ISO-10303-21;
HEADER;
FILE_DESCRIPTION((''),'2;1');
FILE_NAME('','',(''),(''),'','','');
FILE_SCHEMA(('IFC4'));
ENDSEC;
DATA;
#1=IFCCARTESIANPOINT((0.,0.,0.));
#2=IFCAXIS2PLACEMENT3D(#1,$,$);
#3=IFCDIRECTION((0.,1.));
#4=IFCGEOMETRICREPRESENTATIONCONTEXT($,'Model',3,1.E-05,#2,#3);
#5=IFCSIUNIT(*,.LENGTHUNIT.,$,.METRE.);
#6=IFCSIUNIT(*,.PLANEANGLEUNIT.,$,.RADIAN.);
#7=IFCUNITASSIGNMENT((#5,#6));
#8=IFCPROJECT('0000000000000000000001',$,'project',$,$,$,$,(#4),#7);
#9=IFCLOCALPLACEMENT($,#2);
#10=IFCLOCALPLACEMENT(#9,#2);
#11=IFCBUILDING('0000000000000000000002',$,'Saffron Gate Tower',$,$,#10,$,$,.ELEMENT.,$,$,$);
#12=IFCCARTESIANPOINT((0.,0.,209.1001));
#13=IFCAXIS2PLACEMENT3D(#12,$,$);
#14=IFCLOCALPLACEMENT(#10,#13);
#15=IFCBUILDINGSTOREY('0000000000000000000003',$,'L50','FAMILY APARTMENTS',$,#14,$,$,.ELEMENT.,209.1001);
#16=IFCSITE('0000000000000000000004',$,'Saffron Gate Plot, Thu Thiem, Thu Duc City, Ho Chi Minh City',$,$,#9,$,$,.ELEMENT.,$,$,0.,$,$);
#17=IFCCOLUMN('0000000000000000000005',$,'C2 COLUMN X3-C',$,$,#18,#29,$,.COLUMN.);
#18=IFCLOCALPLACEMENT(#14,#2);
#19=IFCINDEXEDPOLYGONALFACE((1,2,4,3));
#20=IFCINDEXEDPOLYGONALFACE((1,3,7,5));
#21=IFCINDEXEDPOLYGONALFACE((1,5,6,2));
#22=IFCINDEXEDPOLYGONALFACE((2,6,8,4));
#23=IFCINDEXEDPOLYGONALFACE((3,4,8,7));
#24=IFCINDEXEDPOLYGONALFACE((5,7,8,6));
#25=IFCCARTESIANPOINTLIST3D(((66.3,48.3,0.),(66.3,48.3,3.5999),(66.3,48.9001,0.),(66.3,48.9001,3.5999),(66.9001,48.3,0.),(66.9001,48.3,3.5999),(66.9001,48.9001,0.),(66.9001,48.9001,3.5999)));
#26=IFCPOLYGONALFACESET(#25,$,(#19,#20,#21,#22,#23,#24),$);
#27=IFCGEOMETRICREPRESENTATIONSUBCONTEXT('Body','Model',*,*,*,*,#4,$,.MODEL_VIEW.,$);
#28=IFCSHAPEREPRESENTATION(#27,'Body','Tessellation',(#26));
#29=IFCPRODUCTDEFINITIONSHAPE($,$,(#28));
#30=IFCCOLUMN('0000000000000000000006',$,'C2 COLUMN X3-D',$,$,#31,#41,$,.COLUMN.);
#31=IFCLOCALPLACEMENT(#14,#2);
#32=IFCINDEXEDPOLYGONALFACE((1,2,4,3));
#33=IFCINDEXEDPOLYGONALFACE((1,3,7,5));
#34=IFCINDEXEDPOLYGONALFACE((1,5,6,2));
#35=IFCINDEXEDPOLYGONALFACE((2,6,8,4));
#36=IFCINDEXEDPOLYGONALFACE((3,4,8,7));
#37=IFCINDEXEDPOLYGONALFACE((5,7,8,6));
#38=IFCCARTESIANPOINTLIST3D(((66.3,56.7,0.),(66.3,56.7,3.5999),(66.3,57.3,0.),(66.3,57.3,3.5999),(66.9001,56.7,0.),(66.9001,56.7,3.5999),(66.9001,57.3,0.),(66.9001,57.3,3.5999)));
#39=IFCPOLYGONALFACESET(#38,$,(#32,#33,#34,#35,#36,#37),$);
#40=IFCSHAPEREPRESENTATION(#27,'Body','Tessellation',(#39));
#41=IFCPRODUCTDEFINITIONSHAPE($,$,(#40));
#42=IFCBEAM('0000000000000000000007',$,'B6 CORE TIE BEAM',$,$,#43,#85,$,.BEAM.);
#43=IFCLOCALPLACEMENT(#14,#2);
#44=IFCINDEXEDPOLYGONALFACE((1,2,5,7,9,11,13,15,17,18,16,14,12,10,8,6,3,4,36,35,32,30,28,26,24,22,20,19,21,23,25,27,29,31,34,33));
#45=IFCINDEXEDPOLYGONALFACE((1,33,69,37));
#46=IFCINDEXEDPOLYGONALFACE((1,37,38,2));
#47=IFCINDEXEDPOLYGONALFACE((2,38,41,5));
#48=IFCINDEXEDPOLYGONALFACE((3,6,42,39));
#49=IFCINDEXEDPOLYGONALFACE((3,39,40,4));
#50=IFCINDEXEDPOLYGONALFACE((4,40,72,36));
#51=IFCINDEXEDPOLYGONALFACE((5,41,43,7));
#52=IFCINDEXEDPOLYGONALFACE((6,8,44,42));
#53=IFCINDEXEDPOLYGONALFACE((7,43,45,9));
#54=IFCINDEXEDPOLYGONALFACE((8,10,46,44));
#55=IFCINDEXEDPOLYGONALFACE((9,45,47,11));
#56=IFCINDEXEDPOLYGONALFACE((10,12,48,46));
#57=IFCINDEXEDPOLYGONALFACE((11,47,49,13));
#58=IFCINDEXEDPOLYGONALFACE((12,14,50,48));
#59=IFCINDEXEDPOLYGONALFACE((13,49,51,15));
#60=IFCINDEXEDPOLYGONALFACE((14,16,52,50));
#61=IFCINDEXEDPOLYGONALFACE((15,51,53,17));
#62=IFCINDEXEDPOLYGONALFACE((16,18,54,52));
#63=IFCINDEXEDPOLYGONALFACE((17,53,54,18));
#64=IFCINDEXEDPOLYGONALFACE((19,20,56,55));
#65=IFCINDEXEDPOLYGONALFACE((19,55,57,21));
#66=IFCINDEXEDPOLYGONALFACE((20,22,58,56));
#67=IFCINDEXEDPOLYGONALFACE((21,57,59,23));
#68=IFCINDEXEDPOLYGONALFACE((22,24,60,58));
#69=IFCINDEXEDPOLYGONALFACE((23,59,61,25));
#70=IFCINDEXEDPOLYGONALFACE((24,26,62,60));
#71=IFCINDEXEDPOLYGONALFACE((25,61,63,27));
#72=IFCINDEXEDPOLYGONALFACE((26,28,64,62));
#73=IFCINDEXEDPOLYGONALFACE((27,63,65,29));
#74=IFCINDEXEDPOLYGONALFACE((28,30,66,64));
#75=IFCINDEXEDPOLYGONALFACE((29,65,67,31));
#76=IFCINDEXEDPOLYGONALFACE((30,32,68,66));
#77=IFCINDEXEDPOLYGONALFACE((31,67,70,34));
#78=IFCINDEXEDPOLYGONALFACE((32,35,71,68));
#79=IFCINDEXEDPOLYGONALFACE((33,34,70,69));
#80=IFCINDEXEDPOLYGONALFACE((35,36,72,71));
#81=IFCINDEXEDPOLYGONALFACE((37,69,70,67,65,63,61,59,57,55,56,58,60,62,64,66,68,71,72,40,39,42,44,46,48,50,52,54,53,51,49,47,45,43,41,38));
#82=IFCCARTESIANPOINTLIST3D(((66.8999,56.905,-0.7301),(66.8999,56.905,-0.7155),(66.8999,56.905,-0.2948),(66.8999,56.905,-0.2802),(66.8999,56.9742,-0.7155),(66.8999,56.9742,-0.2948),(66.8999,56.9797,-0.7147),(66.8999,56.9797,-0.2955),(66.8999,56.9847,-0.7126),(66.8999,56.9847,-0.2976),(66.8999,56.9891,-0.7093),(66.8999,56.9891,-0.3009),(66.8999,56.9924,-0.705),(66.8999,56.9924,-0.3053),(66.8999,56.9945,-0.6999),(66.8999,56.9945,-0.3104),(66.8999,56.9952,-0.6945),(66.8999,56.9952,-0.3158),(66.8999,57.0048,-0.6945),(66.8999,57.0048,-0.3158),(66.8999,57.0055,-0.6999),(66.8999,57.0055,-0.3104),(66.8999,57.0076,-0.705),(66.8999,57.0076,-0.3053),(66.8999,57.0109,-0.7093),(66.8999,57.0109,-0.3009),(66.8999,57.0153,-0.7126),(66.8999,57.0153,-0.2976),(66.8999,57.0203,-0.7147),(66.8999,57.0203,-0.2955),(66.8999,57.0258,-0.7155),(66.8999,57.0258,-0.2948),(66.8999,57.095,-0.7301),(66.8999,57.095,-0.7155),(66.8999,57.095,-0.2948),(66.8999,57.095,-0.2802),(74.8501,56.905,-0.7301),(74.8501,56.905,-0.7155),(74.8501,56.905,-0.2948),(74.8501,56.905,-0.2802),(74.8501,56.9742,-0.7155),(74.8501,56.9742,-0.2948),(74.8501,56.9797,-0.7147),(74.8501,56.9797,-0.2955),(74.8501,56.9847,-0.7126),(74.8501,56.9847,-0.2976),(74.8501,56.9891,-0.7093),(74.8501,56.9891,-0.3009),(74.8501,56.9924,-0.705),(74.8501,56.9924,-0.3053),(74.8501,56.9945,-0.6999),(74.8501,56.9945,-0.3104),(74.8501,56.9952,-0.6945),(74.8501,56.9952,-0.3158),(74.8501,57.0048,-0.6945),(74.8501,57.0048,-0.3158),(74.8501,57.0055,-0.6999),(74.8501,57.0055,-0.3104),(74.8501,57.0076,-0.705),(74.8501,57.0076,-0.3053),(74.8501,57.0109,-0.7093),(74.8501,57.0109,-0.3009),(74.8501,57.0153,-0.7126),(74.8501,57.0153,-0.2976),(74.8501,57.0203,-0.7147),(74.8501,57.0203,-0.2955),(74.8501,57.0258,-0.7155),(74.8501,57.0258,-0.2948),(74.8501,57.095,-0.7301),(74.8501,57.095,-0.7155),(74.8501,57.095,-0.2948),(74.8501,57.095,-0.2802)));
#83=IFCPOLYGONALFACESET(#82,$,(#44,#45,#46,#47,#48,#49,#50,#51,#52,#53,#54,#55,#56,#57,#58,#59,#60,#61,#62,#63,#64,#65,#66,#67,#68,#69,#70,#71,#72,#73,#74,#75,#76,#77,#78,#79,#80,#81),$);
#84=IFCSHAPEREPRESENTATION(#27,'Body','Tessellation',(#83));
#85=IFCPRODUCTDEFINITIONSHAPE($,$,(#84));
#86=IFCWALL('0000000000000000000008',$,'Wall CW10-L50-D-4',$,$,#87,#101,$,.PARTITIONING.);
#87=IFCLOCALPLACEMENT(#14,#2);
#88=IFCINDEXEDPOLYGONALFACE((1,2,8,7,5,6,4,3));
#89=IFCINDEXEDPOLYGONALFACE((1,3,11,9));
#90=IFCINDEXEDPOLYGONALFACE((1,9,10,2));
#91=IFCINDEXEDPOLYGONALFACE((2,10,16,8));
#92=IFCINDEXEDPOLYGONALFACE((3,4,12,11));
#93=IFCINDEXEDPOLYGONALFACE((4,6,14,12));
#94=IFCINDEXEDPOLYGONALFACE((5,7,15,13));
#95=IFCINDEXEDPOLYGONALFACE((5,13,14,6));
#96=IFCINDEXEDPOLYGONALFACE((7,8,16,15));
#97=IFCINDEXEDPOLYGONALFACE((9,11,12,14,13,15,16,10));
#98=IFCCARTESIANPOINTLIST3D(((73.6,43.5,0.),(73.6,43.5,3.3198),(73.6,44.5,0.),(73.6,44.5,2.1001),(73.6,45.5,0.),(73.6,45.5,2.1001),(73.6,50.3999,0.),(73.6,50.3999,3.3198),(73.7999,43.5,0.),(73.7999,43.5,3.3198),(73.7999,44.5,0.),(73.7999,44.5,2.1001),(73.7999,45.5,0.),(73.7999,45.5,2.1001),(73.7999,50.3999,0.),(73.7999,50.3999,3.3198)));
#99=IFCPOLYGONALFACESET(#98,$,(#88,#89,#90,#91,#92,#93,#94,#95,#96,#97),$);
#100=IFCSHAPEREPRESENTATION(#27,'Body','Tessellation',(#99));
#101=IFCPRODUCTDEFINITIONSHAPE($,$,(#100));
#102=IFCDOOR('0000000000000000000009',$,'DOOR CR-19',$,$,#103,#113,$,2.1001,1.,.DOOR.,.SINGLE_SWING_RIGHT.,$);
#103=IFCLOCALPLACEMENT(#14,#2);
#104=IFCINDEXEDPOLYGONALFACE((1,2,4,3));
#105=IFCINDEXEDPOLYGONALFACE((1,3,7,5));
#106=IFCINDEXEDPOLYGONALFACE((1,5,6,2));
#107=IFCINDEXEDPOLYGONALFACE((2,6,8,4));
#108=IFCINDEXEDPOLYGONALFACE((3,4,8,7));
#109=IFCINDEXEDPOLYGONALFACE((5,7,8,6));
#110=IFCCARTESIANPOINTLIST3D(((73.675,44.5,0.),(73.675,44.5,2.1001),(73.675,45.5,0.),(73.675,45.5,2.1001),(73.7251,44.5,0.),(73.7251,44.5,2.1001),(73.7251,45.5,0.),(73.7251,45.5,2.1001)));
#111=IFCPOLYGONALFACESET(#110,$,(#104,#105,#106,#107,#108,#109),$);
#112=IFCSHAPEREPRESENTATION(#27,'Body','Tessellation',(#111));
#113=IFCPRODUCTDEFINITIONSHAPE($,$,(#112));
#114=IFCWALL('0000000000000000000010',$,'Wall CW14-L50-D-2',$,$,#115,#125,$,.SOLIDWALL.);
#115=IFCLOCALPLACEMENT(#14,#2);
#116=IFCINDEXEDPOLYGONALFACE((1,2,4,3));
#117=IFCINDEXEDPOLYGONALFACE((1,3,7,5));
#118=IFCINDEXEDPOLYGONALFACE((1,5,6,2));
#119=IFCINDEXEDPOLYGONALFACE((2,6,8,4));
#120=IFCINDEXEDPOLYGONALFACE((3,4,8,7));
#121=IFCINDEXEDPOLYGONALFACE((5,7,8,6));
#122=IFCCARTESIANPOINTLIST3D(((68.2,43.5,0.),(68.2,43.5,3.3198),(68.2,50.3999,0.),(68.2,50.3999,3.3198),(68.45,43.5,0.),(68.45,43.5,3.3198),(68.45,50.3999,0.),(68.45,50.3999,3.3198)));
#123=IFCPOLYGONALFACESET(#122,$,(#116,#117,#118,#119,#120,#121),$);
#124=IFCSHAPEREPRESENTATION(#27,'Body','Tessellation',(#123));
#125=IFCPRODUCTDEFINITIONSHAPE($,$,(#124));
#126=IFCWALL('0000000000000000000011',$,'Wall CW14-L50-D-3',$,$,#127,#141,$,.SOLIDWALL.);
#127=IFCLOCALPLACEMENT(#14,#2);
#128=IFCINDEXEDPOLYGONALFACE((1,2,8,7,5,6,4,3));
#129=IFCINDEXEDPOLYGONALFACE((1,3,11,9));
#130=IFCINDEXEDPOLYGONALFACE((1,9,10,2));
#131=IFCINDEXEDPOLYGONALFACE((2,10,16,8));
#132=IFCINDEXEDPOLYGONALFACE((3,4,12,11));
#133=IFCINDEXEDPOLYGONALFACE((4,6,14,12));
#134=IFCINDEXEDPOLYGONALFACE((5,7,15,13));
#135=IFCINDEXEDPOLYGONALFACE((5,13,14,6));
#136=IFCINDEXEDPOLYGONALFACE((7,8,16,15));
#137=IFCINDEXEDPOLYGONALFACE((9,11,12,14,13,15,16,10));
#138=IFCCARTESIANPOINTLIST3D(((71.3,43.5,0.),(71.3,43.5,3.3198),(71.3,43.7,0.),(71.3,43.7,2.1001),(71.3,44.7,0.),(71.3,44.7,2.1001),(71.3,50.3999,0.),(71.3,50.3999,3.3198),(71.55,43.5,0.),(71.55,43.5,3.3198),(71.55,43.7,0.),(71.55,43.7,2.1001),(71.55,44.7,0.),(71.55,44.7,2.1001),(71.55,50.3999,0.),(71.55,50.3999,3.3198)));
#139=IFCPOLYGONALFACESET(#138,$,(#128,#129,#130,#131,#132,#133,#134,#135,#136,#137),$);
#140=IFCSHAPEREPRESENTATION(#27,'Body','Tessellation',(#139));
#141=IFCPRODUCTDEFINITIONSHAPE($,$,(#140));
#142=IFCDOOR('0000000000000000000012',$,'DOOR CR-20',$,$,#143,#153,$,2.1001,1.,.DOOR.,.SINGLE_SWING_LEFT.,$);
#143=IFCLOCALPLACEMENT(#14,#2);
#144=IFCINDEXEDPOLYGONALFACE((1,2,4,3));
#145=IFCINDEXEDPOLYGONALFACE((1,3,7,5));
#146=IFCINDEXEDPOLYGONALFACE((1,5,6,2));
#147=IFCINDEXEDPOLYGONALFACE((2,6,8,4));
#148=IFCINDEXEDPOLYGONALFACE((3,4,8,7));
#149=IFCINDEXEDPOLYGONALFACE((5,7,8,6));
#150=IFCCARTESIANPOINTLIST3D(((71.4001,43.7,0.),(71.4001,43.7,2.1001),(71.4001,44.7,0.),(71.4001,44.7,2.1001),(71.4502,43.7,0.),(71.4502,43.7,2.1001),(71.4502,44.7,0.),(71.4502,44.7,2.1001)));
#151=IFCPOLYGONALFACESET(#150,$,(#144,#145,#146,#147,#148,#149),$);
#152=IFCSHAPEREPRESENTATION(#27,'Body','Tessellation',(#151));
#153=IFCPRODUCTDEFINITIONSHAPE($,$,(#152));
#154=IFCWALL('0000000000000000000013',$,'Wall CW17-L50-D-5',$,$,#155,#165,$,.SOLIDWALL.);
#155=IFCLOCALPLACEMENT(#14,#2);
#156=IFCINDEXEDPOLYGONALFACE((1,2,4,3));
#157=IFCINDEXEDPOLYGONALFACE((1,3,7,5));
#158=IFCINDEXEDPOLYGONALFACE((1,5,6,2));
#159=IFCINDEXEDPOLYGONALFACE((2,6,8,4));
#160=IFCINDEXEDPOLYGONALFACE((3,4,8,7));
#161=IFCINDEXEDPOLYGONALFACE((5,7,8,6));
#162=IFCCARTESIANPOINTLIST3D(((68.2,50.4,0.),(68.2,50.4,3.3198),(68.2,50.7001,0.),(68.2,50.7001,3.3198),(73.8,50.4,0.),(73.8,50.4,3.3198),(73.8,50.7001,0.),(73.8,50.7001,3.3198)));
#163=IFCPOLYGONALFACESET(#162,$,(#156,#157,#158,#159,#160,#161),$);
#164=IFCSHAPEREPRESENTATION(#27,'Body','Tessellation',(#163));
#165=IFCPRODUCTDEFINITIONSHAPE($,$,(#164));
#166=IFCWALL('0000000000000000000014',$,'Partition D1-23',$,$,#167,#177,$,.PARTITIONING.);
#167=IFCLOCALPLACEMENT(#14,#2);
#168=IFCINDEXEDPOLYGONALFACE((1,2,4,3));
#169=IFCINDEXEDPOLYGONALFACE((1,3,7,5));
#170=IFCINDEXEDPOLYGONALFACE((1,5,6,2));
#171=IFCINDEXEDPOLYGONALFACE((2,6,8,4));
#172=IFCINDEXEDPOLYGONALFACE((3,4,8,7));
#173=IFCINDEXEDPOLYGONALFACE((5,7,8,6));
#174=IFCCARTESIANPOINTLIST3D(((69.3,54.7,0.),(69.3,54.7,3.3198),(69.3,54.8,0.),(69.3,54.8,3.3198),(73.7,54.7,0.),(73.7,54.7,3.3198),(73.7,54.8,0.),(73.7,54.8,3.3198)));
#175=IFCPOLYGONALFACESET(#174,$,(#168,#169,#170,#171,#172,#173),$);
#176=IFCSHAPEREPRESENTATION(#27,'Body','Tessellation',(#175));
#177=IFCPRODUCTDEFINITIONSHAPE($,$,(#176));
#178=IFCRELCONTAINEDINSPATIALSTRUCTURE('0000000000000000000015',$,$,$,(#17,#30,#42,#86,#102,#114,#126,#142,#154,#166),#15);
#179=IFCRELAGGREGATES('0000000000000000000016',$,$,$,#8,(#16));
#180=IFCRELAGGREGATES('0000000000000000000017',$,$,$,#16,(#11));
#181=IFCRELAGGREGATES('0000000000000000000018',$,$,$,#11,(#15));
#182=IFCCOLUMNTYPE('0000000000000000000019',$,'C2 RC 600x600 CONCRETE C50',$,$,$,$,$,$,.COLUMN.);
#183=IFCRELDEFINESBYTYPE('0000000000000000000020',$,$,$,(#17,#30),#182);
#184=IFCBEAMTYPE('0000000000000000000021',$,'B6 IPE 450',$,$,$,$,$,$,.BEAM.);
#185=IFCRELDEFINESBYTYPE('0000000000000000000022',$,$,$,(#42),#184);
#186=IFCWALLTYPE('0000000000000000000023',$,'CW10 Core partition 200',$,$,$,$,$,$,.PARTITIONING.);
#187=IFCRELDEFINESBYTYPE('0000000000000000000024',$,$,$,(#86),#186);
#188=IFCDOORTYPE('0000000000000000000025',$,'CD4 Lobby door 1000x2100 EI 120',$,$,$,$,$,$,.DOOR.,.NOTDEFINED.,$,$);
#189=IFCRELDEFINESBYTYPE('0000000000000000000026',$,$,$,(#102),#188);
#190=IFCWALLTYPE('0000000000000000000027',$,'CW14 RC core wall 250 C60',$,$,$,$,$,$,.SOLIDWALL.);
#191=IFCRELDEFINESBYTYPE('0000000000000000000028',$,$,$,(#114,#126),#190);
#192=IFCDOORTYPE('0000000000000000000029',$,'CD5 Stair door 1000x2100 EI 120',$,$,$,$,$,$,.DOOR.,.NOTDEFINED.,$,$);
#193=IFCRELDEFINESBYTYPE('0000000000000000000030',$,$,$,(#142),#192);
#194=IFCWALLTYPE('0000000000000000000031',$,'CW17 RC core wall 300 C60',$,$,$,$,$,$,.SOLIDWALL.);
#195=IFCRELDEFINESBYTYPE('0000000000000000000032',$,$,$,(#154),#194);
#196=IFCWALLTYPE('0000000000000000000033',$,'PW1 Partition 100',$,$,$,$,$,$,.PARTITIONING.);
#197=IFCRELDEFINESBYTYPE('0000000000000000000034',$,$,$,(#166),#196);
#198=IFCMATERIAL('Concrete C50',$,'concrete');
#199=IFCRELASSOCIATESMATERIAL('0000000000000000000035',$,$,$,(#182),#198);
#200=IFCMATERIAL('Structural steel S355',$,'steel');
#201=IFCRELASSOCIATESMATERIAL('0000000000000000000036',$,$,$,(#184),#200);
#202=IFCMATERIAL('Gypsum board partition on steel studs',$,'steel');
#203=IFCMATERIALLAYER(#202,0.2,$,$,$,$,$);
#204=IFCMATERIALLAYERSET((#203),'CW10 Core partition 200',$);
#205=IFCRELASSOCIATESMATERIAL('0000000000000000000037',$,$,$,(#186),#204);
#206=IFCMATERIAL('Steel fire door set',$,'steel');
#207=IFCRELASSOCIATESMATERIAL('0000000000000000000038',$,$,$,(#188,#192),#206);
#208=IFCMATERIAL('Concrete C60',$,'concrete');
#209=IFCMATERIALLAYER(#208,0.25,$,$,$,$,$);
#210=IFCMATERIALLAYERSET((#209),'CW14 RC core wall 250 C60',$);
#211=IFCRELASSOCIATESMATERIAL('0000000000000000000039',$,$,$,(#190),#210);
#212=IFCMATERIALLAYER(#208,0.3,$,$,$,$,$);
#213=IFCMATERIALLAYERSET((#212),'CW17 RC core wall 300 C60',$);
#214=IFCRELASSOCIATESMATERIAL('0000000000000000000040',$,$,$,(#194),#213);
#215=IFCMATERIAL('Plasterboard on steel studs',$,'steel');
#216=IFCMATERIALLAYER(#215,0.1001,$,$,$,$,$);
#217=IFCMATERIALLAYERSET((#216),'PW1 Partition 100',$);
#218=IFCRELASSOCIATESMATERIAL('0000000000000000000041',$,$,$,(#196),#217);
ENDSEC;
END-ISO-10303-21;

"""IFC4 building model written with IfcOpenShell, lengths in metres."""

from ifc_helpers import new_model, si_unit, direction, frame, frame_2d, origin, origin_2d, place, context, subcontext, project, spatial, rectangle, i_section, extrude, material, layer, layer_set, material_profile, profile_set, type_object, element, fill, save


model = new_model("IFC4")

# Units and contexts
model_context = context("Model", 3, precision=1e-05, world=origin(), true_north=direction((0.0, 1.0)))
body_context = subcontext(model_context, "Body", "Model", "MODEL_VIEW")
ifc_project = project(units=[si_unit("LENGTHUNIT", "METRE"), si_unit("PLANEANGLEUNIT", "RADIAN")], contexts=[model_context])

# Site, building, storey
site_placement = place(None, origin())
site = spatial("IfcSite", under=ifc_project, at=site_placement, Name="Saffron Gate Plot, Thu Thiem, Thu Duc City, Ho Chi Minh City", CompositionType="ELEMENT", RefElevation=0.0)
building_placement = place(site_placement, origin())
building = spatial("IfcBuilding", under=site, at=building_placement, Name="Saffron Gate Tower", CompositionType="ELEMENT")
storey_placement = place(building_placement, frame((0.0, 0.0, 209.1001)))
storey = spatial("IfcBuildingStorey", under=building, at=storey_placement, Name="L50", Description="FAMILY APARTMENTS", CompositionType="ELEMENT", Elevation=209.1001)

# Columns
ifc_material_1 = material(Name="Concrete C50", Category="concrete")
ifc_material_profile_1 = material_profile(ifc_material_1, rectangle(XDim=0.6001, YDim=0.6001, at=origin_2d()))
ifc_profile_set_1 = profile_set([ifc_material_profile_1], Name="Concrete C50")
column_type = type_object("IfcColumnType", Name="C2 RC 600x600 CONCRETE C50", PredefinedType="COLUMN", material=ifc_profile_set_1)
for number, where, z_axis, x_axis, name in (
    (1, (66.6001, 48.6001, 0.0), (0.0, 0.0, 1.0), (1.0, 0.0, 0.0), "C2 COLUMN X3-C"),
    (2, (66.6001, 57.0, 0.0), (0.0, 0.0, 1.0), (1.0, 0.0, 0.0), "C2 COLUMN X3-D"),
):
    element("IfcColumn", number, at=place(storey_placement, frame(where, z_axis=z_axis, x_axis=x_axis)), inside=storey, type_object=column_type, Name=name, PredefinedType="COLUMN", context=body_context, shape_type="SweptSolid", body=[
        extrude(rectangle(XDim=0.6001, YDim=0.6001, at=origin_2d()), origin(), (0.0, 0.0, 1.0), 3.5999),
    ])

# Beam
ifc_material_2 = material(Name="Structural steel S355", Category="steel")
ifc_material_profile_2 = material_profile(ifc_material_2, i_section(OverallWidth=0.1899, OverallDepth=0.45, WebThickness=0.0095, FlangeThickness=0.0146, FilletRadius=0.021, at=origin_2d()))
ifc_profile_set_2 = profile_set([ifc_material_profile_2], Name="Structural steel S355")
beam_type = type_object("IfcBeamType", Name="B6 IPE 450", PredefinedType="BEAM", material=ifc_profile_set_2)
beam_placement = place(storey_placement, frame((66.8999, 57.0, -0.5051), z_axis=(1.0, 0.0, 0.0), x_axis=(0.0, 1.0, 0.0)))
element("IfcBeam", 3, at=beam_placement, inside=storey, type_object=beam_type, Name="B6 CORE TIE BEAM", PredefinedType="BEAM", context=body_context, shape_type="SweptSolid", body=[
    extrude(i_section(OverallWidth=0.1899, OverallDepth=0.45, WebThickness=0.0095, FlangeThickness=0.0146, FilletRadius=0.021, at=origin_2d()), origin(), (0.0, 0.0, 1.0), 7.9502),
])

# Wall, opening, door
ifc_material_3 = material(Name="Gypsum board partition on steel studs", Category="steel")
ifc_layer_1 = layer(ifc_material_3, 0.2)
ifc_layer_set_1 = layer_set([ifc_layer_1], Name="CW10 Core partition 200")
wall_type_1 = type_object("IfcWallType", Name="CW10 Core partition 200", PredefinedType="PARTITIONING", material=ifc_layer_set_1)
wall_1_placement = place(storey_placement, frame((73.7, 43.5, 0.0), z_axis=(0.0, 0.0, 1.0), x_axis=(0.0, 1.0, 0.0)))
wall_1 = element("IfcWall", 4, at=wall_1_placement, inside=storey, type_object=wall_type_1, Name="Wall CW10-L50-D-4", PredefinedType="PARTITIONING", context=body_context, shape_type="SweptSolid", body=[
    extrude(rectangle(XDim=6.8999, YDim=0.2, at=frame_2d((3.45, 0.0))), origin(), (0.0, 0.0, 1.0), 3.3198),
])
opening_1_placement = place(wall_1_placement, frame((1.0, 0.0, 0.0)))
opening_1 = element("IfcOpeningElement", 5, at=opening_1_placement, cuts=wall_1, PredefinedType="OPENING", context=body_context, shape_type="SweptSolid", body=[
    extrude(rectangle(XDim=1.0, YDim=2.1001, at=frame_2d((0.5, 1.05))), frame((0.0, 0.1099, 0.0), z_axis=(0.0, -1.0, 0.0), x_axis=(1.0, 0.0, 0.0)), (0.0, 0.0, 1.0), 0.22),
])
ifc_material_4 = material(Name="Steel fire door set", Category="steel")
door_type_1 = type_object("IfcDoorType", Name="CD4 Lobby door 1000x2100 EI 120", OperationType="NOTDEFINED", PredefinedType="DOOR", material=ifc_material_4)
door_1_placement = place(opening_1_placement, origin())
door_1 = element("IfcDoor", 6, at=door_1_placement, inside=storey, type_object=door_type_1, Name="DOOR CR-19", OperationType="SINGLE_SWING_RIGHT", OverallHeight=2.1001, OverallWidth=1.0, PredefinedType="DOOR", context=body_context, shape_type="SweptSolid", body=[
    extrude(rectangle(XDim=1.0, YDim=2.1001, at=frame_2d((0.5, 1.05))), frame((0.0, 0.0249, 0.0), z_axis=(0.0, -1.0, 0.0), x_axis=(1.0, 0.0, 0.0)), (0.0, 0.0, 1.0), 0.05),
])
fill(opening_1, door_1)

# Wall
ifc_material_5 = material(Name="Concrete C60", Category="concrete")
ifc_layer_2 = layer(ifc_material_5, 0.25)
ifc_layer_set_2 = layer_set([ifc_layer_2], Name="CW14 RC core wall 250 C60")
wall_type_2 = type_object("IfcWallType", Name="CW14 RC core wall 250 C60", PredefinedType="SOLIDWALL", material=ifc_layer_set_2)
wall_2_placement = place(storey_placement, frame((68.325, 43.5, 0.0), z_axis=(0.0, 0.0, 1.0), x_axis=(0.0, 1.0, 0.0)))
element("IfcWall", 7, at=wall_2_placement, inside=storey, type_object=wall_type_2, Name="Wall CW14-L50-D-2", PredefinedType="SOLIDWALL", context=body_context, shape_type="SweptSolid", body=[
    extrude(rectangle(XDim=6.8999, YDim=0.25, at=frame_2d((3.45, 0.0))), origin(), (0.0, 0.0, 1.0), 3.3198),
])

# Wall, opening, door
wall_3_placement = place(storey_placement, frame((71.425, 43.5, 0.0), z_axis=(0.0, 0.0, 1.0), x_axis=(0.0, 1.0, 0.0)))
wall_3 = element("IfcWall", 8, at=wall_3_placement, inside=storey, type_object=wall_type_2, Name="Wall CW14-L50-D-3", PredefinedType="SOLIDWALL", context=body_context, shape_type="SweptSolid", body=[
    extrude(rectangle(XDim=6.8999, YDim=0.25, at=frame_2d((3.45, 0.0))), origin(), (0.0, 0.0, 1.0), 3.3198),
])
opening_2_placement = place(wall_3_placement, frame((0.2, 0.0, 0.0)))
opening_2 = element("IfcOpeningElement", 9, at=opening_2_placement, cuts=wall_3, PredefinedType="OPENING", context=body_context, shape_type="SweptSolid", body=[
    extrude(rectangle(XDim=1.0, YDim=2.1001, at=frame_2d((0.5, 1.05))), frame((0.0, 0.135, 0.0), z_axis=(0.0, -1.0, 0.0), x_axis=(1.0, 0.0, 0.0)), (0.0, 0.0, 1.0), 0.27),
])
door_type_2 = type_object("IfcDoorType", Name="CD5 Stair door 1000x2100 EI 120", OperationType="NOTDEFINED", PredefinedType="DOOR", material=ifc_material_4)
door_2_placement = place(opening_2_placement, origin())
door_2 = element("IfcDoor", 10, at=door_2_placement, inside=storey, type_object=door_type_2, Name="DOOR CR-20", OperationType="SINGLE_SWING_LEFT", OverallHeight=2.1001, OverallWidth=1.0, PredefinedType="DOOR", context=body_context, shape_type="SweptSolid", body=[
    extrude(rectangle(XDim=1.0, YDim=2.1001, at=frame_2d((0.5, 1.05))), frame((0.0, 0.0249, 0.0), z_axis=(0.0, -1.0, 0.0), x_axis=(1.0, 0.0, 0.0)), (0.0, 0.0, 1.0), 0.05),
])
fill(opening_2, door_2)

# Walls
ifc_layer_3 = layer(ifc_material_5, 0.3)
ifc_layer_set_3 = layer_set([ifc_layer_3], Name="CW17 RC core wall 300 C60")
wall_type_3 = type_object("IfcWallType", Name="CW17 RC core wall 300 C60", PredefinedType="SOLIDWALL", material=ifc_layer_set_3)
wall_4_placement = place(storey_placement, frame((68.2, 50.55, 0.0), z_axis=(0.0, 0.0, 1.0), x_axis=(1.0, 0.0, 0.0)))
element("IfcWall", 11, at=wall_4_placement, inside=storey, type_object=wall_type_3, Name="Wall CW17-L50-D-5", PredefinedType="SOLIDWALL", context=body_context, shape_type="SweptSolid", body=[
    extrude(rectangle(XDim=5.6001, YDim=0.3, at=frame_2d((2.8, 0.0))), origin(), (0.0, 0.0, 1.0), 3.3198),
])
ifc_material_6 = material(Name="Plasterboard on steel studs", Category="steel")
ifc_layer_4 = layer(ifc_material_6, 0.1001)
ifc_layer_set_4 = layer_set([ifc_layer_4], Name="PW1 Partition 100")
wall_type_4 = type_object("IfcWallType", Name="PW1 Partition 100", PredefinedType="PARTITIONING", material=ifc_layer_set_4)
wall_5_placement = place(storey_placement, frame((69.3, 54.75, 0.0), z_axis=(0.0, 0.0, 1.0), x_axis=(1.0, 0.0, 0.0)))
element("IfcWall", 12, at=wall_5_placement, inside=storey, type_object=wall_type_4, Name="Partition D1-23", PredefinedType="PARTITIONING", context=body_context, shape_type="SweptSolid", body=[
    extrude(rectangle(XDim=4.3999, YDim=0.1001, at=frame_2d((2.2, 0.0))), origin(), (0.0, 0.0, 1.0), 3.3198),
])

save(model, "model.ifc")
